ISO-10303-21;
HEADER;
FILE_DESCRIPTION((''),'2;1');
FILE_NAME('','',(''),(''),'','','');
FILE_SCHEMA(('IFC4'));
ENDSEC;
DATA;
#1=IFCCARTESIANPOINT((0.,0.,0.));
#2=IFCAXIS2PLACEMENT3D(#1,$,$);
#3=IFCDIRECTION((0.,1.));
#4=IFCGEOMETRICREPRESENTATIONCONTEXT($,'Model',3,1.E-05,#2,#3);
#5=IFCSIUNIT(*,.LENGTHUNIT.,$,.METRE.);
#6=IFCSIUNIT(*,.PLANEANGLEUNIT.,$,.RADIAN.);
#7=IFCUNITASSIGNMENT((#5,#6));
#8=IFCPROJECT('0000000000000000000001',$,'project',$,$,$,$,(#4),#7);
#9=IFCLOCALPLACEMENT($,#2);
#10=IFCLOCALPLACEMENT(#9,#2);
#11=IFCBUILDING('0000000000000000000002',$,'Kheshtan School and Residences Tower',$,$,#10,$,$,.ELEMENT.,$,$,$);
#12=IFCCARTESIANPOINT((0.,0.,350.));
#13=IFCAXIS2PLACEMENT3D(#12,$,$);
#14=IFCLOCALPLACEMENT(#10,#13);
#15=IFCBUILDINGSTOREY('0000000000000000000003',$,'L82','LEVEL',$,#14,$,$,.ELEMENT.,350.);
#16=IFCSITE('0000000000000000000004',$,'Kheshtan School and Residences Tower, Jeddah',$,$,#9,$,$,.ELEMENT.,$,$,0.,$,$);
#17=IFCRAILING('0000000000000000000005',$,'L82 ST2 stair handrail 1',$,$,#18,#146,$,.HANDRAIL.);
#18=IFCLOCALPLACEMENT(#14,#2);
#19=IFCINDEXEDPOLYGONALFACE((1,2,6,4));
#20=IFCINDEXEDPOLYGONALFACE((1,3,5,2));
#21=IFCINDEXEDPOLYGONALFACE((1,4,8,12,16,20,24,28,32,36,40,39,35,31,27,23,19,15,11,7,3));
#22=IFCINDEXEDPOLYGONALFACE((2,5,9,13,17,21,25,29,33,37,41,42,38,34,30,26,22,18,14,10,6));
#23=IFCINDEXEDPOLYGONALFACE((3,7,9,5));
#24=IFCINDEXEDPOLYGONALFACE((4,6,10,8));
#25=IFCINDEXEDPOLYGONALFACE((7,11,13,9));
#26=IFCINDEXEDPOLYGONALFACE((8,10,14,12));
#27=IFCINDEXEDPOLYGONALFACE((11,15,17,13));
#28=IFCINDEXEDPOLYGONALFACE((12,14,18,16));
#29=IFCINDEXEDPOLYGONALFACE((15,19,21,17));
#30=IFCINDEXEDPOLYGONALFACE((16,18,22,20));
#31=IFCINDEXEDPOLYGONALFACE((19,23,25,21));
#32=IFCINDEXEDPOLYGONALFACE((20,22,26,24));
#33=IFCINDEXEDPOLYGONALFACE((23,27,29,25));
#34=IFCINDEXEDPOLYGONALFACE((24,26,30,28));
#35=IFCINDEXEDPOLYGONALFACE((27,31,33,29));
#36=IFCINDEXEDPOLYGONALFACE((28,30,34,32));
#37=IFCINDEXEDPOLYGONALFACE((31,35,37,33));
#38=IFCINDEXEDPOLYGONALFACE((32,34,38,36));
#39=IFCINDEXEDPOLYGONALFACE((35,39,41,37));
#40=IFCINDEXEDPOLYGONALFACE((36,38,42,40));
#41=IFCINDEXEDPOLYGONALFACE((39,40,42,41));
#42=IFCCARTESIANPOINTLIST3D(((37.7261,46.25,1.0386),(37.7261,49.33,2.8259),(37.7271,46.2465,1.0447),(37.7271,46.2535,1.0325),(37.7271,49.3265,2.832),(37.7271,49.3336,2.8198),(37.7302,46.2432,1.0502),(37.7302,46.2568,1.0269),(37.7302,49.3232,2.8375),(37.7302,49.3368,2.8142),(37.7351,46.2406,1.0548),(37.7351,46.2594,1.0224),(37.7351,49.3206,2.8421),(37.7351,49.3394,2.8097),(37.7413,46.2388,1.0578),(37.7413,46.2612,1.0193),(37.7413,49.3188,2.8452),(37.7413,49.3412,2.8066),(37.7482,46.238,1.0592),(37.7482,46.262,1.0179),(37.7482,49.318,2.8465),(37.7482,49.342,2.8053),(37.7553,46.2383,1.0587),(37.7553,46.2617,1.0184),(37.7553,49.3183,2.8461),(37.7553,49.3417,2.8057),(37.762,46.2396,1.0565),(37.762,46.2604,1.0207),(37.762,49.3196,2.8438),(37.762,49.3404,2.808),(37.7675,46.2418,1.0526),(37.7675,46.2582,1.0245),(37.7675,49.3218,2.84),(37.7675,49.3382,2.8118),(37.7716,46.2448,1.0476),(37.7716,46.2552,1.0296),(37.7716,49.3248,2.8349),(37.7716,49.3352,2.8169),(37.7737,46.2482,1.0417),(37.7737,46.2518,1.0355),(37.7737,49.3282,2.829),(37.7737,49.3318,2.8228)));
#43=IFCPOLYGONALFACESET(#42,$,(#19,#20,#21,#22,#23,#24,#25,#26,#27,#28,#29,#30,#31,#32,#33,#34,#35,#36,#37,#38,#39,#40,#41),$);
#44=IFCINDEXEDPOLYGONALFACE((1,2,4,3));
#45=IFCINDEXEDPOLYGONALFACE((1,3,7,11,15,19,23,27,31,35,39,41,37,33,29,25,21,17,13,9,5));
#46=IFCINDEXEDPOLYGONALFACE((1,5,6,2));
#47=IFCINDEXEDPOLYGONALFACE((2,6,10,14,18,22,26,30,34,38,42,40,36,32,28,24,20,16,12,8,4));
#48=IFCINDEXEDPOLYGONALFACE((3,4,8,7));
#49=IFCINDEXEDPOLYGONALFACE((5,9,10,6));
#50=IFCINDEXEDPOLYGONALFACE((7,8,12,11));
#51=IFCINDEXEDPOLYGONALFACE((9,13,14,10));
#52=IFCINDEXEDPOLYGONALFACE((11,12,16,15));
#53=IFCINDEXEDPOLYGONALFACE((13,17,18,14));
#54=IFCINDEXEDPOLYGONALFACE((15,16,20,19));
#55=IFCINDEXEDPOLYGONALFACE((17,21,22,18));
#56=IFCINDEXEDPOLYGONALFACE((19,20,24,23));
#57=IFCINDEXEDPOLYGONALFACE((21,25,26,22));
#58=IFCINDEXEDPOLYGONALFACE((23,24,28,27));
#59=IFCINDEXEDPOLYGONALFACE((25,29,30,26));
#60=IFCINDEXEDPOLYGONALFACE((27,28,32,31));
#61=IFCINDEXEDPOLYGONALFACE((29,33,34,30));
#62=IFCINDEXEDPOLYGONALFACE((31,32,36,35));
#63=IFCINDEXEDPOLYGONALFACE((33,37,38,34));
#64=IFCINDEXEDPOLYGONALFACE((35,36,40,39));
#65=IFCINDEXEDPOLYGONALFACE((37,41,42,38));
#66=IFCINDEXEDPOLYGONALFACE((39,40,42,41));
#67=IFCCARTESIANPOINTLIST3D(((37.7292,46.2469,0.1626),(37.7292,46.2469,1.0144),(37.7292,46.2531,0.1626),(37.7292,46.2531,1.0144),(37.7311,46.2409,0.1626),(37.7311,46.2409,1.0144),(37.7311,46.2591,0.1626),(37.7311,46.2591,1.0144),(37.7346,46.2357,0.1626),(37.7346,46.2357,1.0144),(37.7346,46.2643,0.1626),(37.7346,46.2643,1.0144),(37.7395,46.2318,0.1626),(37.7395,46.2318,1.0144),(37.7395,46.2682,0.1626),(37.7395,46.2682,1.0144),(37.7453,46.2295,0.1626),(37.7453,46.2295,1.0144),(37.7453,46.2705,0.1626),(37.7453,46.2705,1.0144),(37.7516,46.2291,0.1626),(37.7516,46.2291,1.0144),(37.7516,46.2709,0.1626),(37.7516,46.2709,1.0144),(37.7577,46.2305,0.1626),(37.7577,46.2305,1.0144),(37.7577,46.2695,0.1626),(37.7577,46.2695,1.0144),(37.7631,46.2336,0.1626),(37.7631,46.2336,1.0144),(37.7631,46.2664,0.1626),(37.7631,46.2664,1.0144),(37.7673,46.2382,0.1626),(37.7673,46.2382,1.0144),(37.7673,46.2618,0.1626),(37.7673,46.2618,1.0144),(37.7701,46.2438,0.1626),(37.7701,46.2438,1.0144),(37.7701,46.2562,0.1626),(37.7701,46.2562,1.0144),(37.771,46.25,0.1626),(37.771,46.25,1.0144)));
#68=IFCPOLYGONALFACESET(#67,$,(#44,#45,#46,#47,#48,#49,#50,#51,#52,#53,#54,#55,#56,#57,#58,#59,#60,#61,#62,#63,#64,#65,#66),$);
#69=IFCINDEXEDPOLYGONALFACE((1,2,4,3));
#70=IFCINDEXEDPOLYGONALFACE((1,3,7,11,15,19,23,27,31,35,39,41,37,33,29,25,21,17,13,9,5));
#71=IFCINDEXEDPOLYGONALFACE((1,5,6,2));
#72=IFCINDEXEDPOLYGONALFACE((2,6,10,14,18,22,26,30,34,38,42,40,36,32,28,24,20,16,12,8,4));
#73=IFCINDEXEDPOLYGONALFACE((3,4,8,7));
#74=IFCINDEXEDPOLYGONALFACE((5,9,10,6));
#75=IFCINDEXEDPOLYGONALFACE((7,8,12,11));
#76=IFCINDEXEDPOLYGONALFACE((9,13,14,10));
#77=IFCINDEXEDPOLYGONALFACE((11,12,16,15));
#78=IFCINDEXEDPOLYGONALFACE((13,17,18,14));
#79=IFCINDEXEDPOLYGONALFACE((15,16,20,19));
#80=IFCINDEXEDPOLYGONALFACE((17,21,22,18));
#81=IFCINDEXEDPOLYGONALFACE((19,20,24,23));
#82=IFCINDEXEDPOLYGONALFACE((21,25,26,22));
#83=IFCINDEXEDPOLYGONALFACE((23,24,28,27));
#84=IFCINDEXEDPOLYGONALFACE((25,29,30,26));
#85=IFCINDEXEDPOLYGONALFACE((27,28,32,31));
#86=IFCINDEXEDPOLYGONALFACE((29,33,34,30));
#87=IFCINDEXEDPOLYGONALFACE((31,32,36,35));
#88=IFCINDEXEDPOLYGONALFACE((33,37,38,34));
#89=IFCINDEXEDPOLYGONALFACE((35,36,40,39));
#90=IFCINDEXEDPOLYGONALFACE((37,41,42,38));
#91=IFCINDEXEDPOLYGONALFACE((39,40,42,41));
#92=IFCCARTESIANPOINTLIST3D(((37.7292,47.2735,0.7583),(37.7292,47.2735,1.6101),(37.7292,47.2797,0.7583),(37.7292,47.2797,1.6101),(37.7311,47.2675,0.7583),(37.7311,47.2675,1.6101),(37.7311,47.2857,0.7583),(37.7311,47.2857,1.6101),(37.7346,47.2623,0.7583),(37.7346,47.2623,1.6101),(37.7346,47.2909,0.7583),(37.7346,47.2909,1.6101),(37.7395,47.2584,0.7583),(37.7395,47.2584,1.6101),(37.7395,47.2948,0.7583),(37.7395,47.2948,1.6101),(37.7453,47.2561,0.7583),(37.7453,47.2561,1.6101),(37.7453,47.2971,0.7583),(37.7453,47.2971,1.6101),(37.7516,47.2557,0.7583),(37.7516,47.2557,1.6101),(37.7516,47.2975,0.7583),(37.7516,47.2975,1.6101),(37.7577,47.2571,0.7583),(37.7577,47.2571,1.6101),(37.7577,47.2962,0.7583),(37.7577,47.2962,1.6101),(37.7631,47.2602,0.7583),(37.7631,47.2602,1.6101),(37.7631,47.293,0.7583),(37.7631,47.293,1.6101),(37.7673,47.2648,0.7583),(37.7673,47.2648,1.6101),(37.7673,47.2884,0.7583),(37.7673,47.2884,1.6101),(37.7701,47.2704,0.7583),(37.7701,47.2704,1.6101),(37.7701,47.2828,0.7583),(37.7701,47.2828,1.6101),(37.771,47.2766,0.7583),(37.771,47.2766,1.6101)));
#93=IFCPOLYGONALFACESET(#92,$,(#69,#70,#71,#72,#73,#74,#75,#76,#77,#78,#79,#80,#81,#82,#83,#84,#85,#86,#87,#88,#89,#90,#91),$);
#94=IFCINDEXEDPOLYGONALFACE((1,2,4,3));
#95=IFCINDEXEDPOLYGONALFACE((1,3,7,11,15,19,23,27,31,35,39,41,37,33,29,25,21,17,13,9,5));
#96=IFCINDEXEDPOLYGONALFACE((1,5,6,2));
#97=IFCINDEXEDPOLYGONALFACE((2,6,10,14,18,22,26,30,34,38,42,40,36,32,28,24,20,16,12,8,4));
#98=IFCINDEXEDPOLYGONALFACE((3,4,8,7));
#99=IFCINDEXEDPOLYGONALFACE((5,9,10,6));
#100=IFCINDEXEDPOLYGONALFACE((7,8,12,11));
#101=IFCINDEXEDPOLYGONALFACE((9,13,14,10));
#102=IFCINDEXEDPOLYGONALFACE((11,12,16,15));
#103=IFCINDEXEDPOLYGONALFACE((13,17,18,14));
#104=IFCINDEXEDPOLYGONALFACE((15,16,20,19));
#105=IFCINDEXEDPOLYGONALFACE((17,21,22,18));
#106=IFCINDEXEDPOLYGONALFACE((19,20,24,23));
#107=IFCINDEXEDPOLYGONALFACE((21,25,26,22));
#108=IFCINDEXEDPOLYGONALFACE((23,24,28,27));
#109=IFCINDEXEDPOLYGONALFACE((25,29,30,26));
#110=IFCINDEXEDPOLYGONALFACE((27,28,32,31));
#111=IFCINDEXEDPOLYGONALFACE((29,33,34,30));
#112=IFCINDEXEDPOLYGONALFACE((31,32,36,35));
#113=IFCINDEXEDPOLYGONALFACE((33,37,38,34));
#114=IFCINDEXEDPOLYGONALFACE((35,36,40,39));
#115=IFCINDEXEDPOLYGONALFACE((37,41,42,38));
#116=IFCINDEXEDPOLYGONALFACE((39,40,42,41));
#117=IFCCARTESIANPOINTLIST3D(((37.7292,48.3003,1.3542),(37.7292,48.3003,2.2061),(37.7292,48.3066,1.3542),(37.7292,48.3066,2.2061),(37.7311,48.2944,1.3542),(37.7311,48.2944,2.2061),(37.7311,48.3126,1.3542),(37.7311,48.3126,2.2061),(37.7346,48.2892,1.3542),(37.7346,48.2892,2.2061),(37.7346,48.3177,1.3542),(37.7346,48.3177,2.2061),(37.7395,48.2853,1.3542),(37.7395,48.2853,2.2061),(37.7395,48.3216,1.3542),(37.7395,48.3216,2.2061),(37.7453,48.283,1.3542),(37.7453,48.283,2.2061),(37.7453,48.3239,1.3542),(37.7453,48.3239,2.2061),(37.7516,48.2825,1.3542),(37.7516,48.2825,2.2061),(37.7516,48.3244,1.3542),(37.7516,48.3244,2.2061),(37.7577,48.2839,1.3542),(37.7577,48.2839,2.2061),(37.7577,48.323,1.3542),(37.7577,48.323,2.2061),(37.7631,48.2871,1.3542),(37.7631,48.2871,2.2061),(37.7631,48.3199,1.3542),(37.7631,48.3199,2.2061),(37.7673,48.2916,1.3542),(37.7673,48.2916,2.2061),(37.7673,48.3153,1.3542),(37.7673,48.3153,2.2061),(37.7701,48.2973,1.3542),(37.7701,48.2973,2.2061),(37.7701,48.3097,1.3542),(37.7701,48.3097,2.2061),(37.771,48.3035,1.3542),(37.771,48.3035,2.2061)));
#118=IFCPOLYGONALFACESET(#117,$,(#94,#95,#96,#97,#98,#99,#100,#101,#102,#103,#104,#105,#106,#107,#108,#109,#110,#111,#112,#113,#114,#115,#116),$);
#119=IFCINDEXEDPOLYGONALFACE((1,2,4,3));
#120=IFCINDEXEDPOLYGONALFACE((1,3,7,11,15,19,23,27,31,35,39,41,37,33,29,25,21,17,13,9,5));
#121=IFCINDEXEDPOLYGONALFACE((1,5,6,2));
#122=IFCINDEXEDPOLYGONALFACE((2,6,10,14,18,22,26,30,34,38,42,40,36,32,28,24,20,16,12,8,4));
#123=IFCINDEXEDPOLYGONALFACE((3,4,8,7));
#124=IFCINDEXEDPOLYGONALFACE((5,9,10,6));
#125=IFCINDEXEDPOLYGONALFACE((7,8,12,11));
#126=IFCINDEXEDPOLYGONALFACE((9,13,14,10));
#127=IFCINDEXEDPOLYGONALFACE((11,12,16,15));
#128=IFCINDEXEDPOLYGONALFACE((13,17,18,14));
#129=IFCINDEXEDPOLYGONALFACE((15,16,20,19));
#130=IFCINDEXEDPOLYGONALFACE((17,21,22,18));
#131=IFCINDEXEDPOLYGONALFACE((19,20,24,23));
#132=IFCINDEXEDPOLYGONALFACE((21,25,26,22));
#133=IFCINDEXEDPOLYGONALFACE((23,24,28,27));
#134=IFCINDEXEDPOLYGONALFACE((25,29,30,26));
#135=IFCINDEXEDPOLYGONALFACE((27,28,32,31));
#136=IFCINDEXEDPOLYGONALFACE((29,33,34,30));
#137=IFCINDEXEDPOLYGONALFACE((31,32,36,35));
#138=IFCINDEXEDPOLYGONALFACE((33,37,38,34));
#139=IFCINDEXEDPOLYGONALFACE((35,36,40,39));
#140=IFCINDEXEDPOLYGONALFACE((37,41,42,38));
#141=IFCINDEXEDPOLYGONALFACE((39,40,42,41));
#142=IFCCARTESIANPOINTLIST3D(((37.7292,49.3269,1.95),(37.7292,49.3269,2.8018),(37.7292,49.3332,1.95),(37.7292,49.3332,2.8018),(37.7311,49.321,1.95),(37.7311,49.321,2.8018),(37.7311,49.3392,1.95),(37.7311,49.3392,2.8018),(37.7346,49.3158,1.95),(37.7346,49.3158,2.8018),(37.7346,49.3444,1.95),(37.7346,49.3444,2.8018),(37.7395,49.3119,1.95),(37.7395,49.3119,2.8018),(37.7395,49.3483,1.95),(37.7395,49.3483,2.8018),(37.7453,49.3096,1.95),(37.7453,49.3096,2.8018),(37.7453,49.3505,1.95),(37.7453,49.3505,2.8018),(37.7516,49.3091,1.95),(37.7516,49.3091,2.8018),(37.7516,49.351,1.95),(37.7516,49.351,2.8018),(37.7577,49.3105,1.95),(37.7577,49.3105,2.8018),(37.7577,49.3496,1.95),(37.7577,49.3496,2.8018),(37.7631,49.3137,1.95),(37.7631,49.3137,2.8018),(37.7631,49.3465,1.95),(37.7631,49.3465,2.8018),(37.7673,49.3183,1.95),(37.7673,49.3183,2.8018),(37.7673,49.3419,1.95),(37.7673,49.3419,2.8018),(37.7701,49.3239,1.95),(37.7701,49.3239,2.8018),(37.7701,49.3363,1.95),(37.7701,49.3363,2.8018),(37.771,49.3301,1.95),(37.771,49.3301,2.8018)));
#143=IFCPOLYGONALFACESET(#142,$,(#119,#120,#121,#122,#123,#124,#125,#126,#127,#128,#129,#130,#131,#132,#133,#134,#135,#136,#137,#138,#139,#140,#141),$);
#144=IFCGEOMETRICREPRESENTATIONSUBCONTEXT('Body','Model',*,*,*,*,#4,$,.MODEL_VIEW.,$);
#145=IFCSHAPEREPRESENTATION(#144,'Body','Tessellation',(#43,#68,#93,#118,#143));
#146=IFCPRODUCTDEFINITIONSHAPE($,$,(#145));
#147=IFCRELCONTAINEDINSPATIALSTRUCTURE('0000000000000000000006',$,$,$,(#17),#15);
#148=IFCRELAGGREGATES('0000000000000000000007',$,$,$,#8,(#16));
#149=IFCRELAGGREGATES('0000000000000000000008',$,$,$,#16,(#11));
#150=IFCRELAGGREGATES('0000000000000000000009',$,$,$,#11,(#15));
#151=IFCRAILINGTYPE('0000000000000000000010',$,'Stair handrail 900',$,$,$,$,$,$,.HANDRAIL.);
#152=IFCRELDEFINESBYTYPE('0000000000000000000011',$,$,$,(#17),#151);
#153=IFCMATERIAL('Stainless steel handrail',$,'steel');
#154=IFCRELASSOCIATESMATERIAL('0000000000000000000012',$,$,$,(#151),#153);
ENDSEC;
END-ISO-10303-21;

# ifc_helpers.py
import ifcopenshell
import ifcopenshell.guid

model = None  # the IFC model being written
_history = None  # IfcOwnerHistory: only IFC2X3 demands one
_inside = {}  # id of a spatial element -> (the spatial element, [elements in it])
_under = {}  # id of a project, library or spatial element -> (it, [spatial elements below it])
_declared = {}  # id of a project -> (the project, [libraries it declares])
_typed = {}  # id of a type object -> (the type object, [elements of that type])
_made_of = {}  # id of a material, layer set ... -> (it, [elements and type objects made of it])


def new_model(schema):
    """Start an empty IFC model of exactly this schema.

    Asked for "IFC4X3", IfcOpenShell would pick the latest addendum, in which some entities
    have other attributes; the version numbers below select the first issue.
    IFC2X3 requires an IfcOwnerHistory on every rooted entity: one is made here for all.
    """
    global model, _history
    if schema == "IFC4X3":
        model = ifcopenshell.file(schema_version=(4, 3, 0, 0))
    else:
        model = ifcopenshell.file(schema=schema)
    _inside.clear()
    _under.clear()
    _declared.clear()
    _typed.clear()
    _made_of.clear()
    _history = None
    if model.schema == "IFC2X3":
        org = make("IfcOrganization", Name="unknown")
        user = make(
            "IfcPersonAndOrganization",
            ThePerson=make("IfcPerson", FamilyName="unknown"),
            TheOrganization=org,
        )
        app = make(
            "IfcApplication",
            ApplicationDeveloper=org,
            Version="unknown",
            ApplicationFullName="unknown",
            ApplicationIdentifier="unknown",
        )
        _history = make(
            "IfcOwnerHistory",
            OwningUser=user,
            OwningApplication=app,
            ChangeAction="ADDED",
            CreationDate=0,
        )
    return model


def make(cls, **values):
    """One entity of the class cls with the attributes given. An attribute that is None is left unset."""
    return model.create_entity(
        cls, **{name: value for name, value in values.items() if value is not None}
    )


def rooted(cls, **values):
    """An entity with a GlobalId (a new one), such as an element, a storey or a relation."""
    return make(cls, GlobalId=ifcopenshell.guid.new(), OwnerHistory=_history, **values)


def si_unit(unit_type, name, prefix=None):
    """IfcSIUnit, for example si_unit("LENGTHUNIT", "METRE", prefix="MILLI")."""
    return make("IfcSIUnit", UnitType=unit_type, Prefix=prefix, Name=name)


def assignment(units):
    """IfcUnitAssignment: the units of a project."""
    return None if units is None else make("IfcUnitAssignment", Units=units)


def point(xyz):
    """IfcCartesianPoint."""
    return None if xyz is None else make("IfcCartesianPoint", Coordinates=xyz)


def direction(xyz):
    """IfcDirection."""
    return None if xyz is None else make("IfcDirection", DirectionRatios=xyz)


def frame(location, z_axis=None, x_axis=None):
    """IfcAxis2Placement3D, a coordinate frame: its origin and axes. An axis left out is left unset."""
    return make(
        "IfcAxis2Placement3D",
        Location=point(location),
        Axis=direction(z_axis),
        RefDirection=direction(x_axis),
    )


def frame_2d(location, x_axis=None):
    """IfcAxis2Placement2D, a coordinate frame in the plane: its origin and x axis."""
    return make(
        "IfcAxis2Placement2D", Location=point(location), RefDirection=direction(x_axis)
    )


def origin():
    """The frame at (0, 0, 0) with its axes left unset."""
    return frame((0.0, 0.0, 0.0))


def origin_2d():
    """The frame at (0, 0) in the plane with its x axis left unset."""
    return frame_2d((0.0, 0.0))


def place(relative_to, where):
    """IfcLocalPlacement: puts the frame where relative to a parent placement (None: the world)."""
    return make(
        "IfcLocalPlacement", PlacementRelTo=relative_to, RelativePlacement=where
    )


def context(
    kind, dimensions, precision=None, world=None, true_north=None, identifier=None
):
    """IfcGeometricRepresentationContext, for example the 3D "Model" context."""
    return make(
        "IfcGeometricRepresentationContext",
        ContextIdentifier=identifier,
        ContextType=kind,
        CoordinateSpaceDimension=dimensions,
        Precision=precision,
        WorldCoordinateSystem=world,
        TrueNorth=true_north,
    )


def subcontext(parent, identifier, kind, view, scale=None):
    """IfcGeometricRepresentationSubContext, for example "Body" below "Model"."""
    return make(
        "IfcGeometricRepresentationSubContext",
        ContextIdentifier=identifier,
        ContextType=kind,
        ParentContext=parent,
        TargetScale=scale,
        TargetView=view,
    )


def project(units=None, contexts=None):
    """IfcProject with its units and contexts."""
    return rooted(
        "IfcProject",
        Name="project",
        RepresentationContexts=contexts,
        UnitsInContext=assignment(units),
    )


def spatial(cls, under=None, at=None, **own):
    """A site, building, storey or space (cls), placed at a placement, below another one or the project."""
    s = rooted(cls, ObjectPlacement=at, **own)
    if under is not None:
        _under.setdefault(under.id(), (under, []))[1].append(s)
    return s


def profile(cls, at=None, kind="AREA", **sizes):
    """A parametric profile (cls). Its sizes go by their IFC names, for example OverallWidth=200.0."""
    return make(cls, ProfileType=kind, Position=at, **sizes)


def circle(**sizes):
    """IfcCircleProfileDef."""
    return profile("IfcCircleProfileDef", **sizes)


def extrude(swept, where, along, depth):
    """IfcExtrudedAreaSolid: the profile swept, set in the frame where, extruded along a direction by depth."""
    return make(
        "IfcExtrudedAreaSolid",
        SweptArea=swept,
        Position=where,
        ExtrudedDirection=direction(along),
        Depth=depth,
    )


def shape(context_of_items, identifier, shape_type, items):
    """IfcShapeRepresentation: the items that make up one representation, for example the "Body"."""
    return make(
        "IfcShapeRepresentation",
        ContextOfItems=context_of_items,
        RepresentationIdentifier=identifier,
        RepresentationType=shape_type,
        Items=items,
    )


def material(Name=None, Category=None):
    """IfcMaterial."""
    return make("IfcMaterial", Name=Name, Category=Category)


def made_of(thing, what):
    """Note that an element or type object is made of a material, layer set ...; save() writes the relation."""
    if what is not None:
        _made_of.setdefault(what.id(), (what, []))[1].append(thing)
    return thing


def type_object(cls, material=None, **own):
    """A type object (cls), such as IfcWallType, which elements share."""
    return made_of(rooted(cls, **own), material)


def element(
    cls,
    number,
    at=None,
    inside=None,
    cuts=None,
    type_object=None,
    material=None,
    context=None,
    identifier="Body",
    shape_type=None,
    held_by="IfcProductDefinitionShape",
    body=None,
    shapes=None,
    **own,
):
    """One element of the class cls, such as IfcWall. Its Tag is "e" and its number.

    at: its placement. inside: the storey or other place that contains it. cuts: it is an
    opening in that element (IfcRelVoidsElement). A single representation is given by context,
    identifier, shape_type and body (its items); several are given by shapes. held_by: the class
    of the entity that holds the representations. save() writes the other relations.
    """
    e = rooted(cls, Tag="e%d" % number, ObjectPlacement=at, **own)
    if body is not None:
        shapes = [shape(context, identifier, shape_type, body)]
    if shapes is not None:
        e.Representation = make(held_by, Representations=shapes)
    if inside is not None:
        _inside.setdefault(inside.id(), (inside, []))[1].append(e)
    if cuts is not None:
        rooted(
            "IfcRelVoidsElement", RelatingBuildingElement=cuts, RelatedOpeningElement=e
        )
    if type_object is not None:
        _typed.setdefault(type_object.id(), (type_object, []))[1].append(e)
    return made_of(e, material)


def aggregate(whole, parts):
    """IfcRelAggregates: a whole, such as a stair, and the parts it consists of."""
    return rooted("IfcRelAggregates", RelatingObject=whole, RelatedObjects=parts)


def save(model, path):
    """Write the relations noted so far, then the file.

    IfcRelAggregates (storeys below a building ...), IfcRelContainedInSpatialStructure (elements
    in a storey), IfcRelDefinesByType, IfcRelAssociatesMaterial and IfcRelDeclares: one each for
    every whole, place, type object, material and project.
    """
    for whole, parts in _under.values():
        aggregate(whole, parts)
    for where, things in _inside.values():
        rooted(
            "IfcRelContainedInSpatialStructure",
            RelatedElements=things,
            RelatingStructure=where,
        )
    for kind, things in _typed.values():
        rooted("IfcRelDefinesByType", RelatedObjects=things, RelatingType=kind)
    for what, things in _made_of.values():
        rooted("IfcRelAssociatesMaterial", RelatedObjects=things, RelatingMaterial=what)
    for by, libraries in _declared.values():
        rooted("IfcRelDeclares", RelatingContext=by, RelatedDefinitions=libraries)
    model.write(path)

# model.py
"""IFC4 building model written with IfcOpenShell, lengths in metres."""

from ifc_helpers import new_model, si_unit, direction, frame, origin, origin_2d, place, context, subcontext, project, spatial, circle, extrude, material, type_object, element, save


model = new_model("IFC4")

# Units and contexts
model_context = context("Model", 3, precision=1e-05, world=origin(), true_north=direction((0.0, 1.0)))
body_context = subcontext(model_context, "Body", "Model", "MODEL_VIEW")
ifc_project = project(units=[si_unit("LENGTHUNIT", "METRE"), si_unit("PLANEANGLEUNIT", "RADIAN")], contexts=[model_context])

# Site, building, storey
site_placement = place(None, origin())
site = spatial("IfcSite", under=ifc_project, at=site_placement, Name="Kheshtan School and Residences Tower, Jeddah", CompositionType="ELEMENT", RefElevation=0.0)
building_placement = place(site_placement, origin())
building = spatial("IfcBuilding", under=site, at=building_placement, Name="Kheshtan School and Residences Tower", CompositionType="ELEMENT")
storey_placement = place(building_placement, frame((0.0, 0.0, 350.0)))
storey = spatial("IfcBuildingStorey", under=building, at=storey_placement, Name="L82", Description="LEVEL", CompositionType="ELEMENT", Elevation=350.0)

# Railing
ifc_material_1 = material(Name="Stainless steel handrail", Category="steel")
railing_type_1 = type_object("IfcRailingType", Name="Stair handrail 900", PredefinedType="HANDRAIL", material=ifc_material_1)
railing_1_placement = place(storey_placement, frame((37.75, 46.25, 0.1626)))
element("IfcRailing", 1, at=railing_1_placement, inside=storey, type_object=railing_type_1, Name="L82 ST2 stair handrail 1", PredefinedType="HANDRAIL", context=body_context, shape_type="SweptSolid", body=[
    extrude(circle(Radius=0.0239, at=origin_2d()), frame((0.0, 0.0, 0.876), z_axis=(0.0, 0.86492, 0.501909), x_axis=(-1.0, 0.0, 0.0)), (0.0, 0.0, 1.0), 3.561),
    extrude(circle(Radius=0.021, at=origin_2d()), origin(), (0.0, 0.0, 1.0), 0.8518),
    extrude(circle(Radius=0.021, at=origin_2d()), frame((0.0, 1.0266, 0.5957)), (0.0, 0.0, 1.0), 0.8518),
    extrude(circle(Radius=0.021, at=origin_2d()), frame((0.0, 2.0535, 1.1917)), (0.0, 0.0, 1.0), 0.8518),
    extrude(circle(Radius=0.021, at=origin_2d()), frame((0.0, 3.0801, 1.7874)), (0.0, 0.0, 1.0), 0.8518),
])

save(model, "model.ifc")
